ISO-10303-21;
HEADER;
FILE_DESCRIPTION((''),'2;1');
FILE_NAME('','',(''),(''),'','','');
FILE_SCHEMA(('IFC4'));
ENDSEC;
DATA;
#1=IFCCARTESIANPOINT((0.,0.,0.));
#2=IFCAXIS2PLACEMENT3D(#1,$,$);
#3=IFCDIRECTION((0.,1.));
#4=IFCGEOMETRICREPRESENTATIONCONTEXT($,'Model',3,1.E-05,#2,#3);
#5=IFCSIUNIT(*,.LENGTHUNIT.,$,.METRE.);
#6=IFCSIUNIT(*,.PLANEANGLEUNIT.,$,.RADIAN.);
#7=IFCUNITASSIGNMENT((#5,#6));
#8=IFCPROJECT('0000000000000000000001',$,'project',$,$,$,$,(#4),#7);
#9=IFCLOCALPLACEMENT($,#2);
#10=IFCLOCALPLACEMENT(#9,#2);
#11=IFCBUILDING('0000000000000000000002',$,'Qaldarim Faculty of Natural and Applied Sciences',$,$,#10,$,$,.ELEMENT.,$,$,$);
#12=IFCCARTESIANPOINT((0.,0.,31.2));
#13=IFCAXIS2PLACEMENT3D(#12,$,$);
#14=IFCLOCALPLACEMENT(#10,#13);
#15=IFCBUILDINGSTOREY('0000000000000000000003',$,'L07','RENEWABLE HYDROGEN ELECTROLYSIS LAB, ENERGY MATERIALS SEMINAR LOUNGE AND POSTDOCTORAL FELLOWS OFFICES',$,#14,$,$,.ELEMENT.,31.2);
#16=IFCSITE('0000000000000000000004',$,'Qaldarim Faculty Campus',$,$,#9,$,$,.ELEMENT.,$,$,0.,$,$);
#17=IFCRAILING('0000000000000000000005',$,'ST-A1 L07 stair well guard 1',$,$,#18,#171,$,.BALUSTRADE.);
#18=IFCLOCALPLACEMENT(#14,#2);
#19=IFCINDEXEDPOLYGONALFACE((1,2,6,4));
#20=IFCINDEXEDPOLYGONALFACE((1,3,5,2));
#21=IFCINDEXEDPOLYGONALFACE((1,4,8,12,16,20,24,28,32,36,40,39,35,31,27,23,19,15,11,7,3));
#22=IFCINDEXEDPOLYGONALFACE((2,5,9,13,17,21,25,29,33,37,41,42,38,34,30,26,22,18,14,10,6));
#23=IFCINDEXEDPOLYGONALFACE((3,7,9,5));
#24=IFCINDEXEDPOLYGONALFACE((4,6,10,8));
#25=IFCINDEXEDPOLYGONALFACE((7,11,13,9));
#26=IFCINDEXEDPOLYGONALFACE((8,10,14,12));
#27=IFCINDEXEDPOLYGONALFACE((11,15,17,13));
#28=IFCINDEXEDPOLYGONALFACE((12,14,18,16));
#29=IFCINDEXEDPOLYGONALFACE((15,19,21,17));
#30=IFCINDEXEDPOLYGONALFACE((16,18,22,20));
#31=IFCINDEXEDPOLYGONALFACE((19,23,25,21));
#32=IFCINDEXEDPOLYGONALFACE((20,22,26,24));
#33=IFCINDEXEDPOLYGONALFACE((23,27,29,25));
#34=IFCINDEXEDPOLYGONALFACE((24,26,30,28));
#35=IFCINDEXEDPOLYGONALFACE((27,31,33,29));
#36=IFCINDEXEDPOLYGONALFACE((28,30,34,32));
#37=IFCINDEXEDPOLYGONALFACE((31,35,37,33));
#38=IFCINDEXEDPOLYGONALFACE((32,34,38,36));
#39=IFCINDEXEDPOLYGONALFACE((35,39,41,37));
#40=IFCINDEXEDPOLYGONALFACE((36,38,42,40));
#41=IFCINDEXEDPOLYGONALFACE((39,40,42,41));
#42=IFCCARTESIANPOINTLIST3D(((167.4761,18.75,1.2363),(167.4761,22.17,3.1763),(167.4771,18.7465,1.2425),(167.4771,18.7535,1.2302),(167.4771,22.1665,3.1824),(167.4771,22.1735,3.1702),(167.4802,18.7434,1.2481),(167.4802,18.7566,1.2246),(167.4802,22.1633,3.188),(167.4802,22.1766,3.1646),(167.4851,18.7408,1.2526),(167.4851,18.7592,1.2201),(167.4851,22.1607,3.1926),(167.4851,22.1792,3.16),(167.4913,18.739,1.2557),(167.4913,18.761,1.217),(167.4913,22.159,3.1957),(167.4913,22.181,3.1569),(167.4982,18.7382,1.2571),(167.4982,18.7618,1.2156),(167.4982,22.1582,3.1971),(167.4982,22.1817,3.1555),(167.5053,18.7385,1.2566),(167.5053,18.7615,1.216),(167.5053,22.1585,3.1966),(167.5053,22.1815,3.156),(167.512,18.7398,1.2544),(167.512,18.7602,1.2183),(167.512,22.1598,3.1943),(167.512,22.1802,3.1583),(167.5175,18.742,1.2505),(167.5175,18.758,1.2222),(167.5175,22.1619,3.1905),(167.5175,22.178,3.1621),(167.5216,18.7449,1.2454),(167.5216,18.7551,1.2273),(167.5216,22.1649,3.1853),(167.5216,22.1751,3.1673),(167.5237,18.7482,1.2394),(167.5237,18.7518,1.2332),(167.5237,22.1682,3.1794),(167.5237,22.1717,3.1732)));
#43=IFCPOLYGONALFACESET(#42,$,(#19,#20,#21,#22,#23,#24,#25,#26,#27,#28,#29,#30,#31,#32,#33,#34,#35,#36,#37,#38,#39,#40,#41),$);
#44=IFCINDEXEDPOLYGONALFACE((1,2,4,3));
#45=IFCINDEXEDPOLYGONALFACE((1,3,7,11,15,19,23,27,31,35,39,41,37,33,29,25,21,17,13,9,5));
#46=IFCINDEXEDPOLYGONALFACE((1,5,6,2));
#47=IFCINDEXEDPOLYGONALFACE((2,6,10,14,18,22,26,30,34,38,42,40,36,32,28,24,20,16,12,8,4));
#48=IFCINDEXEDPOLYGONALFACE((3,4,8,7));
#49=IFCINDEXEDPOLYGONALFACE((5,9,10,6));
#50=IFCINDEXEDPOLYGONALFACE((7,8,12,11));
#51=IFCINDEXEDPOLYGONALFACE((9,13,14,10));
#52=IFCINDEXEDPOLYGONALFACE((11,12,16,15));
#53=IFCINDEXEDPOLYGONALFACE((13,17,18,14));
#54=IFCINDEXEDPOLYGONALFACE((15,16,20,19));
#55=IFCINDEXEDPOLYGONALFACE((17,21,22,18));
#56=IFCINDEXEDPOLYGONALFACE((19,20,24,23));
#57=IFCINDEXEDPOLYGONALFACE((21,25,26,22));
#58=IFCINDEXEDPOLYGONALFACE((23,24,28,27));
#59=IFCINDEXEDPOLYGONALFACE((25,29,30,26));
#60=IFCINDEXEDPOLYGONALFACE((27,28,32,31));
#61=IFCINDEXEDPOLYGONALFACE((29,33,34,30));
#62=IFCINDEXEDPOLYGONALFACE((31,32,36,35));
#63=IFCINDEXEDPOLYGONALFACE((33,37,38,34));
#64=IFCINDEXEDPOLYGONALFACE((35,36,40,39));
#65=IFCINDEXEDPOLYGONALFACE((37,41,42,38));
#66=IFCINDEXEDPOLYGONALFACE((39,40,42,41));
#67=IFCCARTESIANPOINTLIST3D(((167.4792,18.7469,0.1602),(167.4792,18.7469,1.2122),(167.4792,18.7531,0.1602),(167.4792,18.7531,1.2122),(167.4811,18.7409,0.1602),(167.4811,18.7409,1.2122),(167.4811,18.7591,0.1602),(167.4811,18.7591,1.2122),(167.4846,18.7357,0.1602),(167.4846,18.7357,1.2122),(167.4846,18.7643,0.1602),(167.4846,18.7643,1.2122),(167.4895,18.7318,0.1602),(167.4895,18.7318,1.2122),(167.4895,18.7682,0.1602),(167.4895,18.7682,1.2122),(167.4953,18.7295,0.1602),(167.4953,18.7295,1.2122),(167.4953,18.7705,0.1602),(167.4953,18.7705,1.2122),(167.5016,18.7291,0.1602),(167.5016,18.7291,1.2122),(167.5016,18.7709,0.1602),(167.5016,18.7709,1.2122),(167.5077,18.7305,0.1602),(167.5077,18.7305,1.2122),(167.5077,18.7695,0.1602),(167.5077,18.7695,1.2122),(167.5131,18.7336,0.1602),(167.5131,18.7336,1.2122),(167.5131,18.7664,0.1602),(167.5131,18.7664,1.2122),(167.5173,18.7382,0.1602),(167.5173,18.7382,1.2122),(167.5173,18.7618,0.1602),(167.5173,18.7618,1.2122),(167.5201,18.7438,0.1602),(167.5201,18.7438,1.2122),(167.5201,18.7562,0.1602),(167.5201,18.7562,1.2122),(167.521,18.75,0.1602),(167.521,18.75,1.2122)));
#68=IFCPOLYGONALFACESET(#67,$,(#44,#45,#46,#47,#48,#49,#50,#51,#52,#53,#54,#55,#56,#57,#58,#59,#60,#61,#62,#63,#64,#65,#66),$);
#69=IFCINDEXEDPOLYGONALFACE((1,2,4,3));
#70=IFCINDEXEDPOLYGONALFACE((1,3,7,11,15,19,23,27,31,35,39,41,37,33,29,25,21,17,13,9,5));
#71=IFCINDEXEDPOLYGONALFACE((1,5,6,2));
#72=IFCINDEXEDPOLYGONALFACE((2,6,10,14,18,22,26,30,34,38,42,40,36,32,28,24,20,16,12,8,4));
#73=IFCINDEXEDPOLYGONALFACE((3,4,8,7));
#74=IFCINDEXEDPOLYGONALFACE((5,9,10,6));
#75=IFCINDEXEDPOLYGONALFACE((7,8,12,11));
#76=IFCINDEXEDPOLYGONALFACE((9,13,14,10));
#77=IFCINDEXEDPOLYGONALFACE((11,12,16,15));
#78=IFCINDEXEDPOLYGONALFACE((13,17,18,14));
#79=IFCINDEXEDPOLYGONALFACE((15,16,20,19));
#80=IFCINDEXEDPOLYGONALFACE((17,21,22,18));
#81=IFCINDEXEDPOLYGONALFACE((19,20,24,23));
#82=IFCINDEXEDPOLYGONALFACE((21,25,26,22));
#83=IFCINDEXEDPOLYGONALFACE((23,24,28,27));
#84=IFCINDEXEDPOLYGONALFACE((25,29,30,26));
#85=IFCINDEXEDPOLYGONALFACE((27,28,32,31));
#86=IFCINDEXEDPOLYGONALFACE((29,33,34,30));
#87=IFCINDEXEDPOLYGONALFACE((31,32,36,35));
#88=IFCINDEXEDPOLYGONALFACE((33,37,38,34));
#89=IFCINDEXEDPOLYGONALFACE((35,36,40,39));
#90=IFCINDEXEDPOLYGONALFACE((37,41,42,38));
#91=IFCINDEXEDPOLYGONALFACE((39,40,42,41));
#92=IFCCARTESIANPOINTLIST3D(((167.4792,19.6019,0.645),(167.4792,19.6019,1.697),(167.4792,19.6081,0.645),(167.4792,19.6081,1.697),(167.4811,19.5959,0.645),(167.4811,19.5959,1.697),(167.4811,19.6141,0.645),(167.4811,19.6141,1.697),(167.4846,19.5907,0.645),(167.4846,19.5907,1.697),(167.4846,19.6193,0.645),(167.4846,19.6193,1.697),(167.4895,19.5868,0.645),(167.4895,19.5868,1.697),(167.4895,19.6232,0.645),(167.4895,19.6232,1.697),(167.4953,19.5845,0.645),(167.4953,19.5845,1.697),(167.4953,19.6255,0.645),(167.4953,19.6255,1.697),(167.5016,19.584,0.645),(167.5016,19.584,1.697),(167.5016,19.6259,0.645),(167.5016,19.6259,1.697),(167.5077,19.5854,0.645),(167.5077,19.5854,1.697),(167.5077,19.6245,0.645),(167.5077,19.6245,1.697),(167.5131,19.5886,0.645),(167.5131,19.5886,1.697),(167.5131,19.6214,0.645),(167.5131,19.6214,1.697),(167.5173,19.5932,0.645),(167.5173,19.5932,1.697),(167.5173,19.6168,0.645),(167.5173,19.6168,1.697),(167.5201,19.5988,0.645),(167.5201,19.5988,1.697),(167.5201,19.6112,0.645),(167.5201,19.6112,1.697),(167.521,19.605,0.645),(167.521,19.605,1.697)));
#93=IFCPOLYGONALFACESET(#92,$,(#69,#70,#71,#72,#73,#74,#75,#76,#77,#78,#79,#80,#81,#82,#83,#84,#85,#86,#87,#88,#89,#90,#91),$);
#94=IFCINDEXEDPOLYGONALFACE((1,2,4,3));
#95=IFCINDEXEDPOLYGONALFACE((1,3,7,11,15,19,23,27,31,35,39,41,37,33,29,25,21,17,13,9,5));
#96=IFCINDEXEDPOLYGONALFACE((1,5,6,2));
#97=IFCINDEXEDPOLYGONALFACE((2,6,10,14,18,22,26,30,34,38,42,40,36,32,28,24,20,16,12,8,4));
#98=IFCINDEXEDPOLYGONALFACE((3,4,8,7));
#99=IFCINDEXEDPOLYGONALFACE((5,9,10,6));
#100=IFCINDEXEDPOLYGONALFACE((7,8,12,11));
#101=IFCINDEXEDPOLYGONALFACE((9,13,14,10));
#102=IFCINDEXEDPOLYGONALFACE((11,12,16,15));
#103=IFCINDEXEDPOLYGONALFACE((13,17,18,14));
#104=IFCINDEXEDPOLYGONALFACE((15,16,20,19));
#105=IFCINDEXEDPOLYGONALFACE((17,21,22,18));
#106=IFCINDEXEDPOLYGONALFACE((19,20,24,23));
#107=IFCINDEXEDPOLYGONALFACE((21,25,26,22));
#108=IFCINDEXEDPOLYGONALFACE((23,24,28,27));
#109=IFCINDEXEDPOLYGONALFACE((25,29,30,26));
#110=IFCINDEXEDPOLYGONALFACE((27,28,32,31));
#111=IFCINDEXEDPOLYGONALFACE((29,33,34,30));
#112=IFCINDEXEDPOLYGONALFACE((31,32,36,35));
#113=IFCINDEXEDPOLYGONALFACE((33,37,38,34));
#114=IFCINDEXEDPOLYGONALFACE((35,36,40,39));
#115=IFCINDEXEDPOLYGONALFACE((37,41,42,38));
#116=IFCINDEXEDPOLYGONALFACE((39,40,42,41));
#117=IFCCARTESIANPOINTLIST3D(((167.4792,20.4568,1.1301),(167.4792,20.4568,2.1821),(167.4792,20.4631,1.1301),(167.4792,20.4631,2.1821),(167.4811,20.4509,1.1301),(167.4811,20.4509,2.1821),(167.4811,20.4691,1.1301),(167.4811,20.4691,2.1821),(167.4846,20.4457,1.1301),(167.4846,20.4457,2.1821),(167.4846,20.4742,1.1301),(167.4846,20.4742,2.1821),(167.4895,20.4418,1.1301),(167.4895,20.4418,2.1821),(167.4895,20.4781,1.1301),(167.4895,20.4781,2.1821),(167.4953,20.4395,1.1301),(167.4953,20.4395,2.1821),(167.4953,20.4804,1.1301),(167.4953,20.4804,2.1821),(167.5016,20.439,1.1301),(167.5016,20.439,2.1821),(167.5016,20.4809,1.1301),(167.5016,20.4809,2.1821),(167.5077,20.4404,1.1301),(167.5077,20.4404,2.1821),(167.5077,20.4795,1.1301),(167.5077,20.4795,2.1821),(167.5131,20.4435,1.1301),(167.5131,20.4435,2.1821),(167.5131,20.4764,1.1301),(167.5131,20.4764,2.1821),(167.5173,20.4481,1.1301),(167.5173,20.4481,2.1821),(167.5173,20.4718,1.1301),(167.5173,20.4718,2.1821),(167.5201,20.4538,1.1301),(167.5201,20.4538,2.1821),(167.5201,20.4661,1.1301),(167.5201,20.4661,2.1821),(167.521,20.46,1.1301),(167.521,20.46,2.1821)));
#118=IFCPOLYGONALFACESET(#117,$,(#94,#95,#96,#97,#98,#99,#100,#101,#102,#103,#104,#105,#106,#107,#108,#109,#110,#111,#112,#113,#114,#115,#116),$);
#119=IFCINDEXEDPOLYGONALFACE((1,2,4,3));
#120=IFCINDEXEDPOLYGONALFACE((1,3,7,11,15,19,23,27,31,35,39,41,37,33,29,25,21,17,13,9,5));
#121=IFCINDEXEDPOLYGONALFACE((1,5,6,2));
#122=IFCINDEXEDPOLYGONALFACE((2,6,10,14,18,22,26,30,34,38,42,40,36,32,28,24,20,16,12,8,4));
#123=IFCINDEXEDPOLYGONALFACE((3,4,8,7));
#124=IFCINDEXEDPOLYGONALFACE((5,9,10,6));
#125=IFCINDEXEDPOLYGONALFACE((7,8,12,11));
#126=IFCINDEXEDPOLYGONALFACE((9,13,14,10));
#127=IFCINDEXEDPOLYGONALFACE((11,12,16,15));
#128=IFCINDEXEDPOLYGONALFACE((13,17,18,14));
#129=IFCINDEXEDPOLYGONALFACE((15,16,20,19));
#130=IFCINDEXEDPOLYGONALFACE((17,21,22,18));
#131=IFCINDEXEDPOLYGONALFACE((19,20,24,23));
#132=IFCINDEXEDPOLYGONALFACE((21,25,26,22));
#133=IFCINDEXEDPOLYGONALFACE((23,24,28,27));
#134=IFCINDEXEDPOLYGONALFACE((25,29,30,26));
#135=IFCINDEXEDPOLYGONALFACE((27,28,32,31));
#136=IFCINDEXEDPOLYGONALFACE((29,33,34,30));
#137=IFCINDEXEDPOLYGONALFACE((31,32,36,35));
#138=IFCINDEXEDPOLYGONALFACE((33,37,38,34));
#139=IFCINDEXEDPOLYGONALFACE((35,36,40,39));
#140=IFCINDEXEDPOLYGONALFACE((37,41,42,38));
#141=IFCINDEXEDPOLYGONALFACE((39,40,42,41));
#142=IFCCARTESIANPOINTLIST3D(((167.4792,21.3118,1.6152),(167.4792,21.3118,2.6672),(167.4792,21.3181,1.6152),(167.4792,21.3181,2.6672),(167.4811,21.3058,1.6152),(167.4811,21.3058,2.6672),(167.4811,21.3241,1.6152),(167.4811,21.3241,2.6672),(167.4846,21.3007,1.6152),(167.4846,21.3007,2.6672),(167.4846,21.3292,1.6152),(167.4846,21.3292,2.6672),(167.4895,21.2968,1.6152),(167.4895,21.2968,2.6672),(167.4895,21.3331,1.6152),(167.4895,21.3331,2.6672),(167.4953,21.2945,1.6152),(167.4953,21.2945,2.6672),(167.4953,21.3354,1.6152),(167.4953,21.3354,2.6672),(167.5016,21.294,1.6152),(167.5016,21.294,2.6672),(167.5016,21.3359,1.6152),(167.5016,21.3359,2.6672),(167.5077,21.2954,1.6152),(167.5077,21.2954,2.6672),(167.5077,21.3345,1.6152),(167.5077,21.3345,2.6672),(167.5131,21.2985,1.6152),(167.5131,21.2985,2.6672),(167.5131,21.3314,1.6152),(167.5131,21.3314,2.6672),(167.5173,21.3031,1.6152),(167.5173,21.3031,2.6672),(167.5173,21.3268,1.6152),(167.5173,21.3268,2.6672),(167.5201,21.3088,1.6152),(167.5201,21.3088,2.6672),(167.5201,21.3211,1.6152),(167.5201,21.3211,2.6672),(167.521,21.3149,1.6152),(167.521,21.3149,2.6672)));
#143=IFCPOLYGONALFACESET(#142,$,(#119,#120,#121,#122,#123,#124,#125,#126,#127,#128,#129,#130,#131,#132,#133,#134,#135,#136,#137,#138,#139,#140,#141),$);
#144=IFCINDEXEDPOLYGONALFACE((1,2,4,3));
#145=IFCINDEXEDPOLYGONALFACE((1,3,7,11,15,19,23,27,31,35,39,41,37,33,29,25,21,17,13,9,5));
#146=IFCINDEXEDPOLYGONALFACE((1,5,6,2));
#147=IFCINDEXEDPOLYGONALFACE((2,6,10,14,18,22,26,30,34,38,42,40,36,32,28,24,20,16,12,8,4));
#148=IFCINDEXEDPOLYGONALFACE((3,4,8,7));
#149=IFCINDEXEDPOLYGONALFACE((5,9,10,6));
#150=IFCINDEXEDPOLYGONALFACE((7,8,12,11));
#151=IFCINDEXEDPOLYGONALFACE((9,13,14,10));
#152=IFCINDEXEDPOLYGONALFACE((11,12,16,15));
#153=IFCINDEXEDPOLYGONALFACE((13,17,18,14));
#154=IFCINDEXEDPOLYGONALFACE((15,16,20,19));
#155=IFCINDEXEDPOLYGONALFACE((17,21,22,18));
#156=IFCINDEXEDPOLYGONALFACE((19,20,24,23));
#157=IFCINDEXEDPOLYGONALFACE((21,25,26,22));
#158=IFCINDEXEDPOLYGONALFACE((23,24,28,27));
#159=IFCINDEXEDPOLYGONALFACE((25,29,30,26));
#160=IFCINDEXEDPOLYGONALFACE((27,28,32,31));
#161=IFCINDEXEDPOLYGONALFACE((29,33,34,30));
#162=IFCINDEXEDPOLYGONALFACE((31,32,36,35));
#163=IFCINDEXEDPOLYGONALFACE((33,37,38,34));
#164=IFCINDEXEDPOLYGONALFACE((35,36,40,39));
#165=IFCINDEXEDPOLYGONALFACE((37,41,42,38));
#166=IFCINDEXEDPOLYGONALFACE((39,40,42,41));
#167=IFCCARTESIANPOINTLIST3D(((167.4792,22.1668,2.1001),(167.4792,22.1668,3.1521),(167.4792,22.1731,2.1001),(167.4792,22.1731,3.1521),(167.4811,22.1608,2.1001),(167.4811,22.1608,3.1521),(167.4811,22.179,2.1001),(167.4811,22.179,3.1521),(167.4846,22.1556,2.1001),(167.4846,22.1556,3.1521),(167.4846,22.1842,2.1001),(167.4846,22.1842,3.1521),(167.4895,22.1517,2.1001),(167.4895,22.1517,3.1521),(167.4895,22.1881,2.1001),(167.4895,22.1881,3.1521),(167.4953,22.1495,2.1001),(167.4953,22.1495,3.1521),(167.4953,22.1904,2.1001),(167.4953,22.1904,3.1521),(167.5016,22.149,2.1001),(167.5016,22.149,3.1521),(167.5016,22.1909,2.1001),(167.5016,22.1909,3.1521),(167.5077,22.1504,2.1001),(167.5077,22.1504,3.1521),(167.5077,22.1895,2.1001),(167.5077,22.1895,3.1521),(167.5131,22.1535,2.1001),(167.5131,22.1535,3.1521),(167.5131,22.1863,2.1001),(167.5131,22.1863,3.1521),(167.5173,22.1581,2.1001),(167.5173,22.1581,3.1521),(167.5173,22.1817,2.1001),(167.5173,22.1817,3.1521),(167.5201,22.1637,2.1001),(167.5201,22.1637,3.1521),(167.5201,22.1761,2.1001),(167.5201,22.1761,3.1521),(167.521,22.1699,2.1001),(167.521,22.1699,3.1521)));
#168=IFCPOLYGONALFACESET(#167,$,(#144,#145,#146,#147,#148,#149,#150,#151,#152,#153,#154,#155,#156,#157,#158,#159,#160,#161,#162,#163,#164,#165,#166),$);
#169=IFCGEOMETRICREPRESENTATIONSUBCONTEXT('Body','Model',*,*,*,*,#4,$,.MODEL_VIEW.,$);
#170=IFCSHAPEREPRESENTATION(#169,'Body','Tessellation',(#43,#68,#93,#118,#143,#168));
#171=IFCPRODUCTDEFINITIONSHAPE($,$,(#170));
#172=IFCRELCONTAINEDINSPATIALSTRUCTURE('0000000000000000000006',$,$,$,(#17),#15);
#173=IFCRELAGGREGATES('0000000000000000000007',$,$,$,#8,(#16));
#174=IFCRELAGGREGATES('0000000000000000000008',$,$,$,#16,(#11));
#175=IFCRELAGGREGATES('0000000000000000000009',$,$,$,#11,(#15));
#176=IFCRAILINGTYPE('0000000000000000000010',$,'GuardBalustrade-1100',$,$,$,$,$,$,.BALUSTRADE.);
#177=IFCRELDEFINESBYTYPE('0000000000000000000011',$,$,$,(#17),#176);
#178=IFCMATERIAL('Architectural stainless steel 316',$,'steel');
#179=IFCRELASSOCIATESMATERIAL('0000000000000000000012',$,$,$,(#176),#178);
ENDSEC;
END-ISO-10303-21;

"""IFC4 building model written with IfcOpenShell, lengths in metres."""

from ifc_helpers import new_model, si_unit, direction, frame, origin, origin_2d, place, context, subcontext, project, spatial, circle, extrude, material, type_object, element, save


model = new_model("IFC4")

# Units and contexts
model_context = context("Model", 3, precision=1e-05, world=origin(), true_north=direction((0.0, 1.0)))
body_context = subcontext(model_context, "Body", "Model", "MODEL_VIEW")
ifc_project = project(units=[si_unit("LENGTHUNIT", "METRE"), si_unit("PLANEANGLEUNIT", "RADIAN")], contexts=[model_context])

# Site, building, storey
site_placement = place(None, origin())
site = spatial("IfcSite", under=ifc_project, at=site_placement, Name="Qaldarim Faculty Campus", CompositionType="ELEMENT", RefElevation=0.0)
building_placement = place(site_placement, origin())
building = spatial("IfcBuilding", under=site, at=building_placement, Name="Qaldarim Faculty of Natural and Applied Sciences", CompositionType="ELEMENT")
storey_placement = place(building_placement, frame((0.0, 0.0, 31.2)))
storey = spatial("IfcBuildingStorey", under=building, at=storey_placement, Name="L07", Description="RENEWABLE HYDROGEN ELECTROLYSIS LAB, ENERGY MATERIALS SEMINAR LOUNGE AND POSTDOCTORAL FELLOWS OFFICES", CompositionType="ELEMENT", Elevation=31.2)

# Railing
ifc_material_1 = material(Name="Architectural stainless steel 316", Category="steel")
railing_type_1 = type_object("IfcRailingType", Name="GuardBalustrade-1100", PredefinedType="BALUSTRADE", material=ifc_material_1)
railing_1_placement = place(storey_placement, frame((167.5, 18.75, 0.1602)))
element("IfcRailing", 1, at=railing_1_placement, inside=storey, type_object=railing_type_1, Name="ST-A1 L07 stair well guard 1", PredefinedType="BALUSTRADE", context=body_context, shape_type="SweptSolid", body=[
    extrude(circle(Radius=0.0239, at=origin_2d()), frame((0.0, 0.0, 1.0762), z_axis=(0.0, 0.869805, 0.493395), x_axis=(-1.0, 0.0, 0.0)), (0.0, 0.0, 1.0), 3.9319),
    extrude(circle(Radius=0.021, at=origin_2d()), origin(), (0.0, 0.0, 1.0), 1.052),
    extrude(circle(Radius=0.021, at=origin_2d()), frame((0.0, 0.855, 0.4849)), (0.0, 0.0, 1.0), 1.052),
    extrude(circle(Radius=0.021, at=origin_2d()), frame((0.0, 1.71, 0.97)), (0.0, 0.0, 1.0), 1.052),
    extrude(circle(Radius=0.021, at=origin_2d()), frame((0.0, 2.5649, 1.4551)), (0.0, 0.0, 1.0), 1.052),
    extrude(circle(Radius=0.021, at=origin_2d()), frame((0.0, 3.4199, 1.9399)), (0.0, 0.0, 1.0), 1.052),
])

save(model, "model.ifc")
